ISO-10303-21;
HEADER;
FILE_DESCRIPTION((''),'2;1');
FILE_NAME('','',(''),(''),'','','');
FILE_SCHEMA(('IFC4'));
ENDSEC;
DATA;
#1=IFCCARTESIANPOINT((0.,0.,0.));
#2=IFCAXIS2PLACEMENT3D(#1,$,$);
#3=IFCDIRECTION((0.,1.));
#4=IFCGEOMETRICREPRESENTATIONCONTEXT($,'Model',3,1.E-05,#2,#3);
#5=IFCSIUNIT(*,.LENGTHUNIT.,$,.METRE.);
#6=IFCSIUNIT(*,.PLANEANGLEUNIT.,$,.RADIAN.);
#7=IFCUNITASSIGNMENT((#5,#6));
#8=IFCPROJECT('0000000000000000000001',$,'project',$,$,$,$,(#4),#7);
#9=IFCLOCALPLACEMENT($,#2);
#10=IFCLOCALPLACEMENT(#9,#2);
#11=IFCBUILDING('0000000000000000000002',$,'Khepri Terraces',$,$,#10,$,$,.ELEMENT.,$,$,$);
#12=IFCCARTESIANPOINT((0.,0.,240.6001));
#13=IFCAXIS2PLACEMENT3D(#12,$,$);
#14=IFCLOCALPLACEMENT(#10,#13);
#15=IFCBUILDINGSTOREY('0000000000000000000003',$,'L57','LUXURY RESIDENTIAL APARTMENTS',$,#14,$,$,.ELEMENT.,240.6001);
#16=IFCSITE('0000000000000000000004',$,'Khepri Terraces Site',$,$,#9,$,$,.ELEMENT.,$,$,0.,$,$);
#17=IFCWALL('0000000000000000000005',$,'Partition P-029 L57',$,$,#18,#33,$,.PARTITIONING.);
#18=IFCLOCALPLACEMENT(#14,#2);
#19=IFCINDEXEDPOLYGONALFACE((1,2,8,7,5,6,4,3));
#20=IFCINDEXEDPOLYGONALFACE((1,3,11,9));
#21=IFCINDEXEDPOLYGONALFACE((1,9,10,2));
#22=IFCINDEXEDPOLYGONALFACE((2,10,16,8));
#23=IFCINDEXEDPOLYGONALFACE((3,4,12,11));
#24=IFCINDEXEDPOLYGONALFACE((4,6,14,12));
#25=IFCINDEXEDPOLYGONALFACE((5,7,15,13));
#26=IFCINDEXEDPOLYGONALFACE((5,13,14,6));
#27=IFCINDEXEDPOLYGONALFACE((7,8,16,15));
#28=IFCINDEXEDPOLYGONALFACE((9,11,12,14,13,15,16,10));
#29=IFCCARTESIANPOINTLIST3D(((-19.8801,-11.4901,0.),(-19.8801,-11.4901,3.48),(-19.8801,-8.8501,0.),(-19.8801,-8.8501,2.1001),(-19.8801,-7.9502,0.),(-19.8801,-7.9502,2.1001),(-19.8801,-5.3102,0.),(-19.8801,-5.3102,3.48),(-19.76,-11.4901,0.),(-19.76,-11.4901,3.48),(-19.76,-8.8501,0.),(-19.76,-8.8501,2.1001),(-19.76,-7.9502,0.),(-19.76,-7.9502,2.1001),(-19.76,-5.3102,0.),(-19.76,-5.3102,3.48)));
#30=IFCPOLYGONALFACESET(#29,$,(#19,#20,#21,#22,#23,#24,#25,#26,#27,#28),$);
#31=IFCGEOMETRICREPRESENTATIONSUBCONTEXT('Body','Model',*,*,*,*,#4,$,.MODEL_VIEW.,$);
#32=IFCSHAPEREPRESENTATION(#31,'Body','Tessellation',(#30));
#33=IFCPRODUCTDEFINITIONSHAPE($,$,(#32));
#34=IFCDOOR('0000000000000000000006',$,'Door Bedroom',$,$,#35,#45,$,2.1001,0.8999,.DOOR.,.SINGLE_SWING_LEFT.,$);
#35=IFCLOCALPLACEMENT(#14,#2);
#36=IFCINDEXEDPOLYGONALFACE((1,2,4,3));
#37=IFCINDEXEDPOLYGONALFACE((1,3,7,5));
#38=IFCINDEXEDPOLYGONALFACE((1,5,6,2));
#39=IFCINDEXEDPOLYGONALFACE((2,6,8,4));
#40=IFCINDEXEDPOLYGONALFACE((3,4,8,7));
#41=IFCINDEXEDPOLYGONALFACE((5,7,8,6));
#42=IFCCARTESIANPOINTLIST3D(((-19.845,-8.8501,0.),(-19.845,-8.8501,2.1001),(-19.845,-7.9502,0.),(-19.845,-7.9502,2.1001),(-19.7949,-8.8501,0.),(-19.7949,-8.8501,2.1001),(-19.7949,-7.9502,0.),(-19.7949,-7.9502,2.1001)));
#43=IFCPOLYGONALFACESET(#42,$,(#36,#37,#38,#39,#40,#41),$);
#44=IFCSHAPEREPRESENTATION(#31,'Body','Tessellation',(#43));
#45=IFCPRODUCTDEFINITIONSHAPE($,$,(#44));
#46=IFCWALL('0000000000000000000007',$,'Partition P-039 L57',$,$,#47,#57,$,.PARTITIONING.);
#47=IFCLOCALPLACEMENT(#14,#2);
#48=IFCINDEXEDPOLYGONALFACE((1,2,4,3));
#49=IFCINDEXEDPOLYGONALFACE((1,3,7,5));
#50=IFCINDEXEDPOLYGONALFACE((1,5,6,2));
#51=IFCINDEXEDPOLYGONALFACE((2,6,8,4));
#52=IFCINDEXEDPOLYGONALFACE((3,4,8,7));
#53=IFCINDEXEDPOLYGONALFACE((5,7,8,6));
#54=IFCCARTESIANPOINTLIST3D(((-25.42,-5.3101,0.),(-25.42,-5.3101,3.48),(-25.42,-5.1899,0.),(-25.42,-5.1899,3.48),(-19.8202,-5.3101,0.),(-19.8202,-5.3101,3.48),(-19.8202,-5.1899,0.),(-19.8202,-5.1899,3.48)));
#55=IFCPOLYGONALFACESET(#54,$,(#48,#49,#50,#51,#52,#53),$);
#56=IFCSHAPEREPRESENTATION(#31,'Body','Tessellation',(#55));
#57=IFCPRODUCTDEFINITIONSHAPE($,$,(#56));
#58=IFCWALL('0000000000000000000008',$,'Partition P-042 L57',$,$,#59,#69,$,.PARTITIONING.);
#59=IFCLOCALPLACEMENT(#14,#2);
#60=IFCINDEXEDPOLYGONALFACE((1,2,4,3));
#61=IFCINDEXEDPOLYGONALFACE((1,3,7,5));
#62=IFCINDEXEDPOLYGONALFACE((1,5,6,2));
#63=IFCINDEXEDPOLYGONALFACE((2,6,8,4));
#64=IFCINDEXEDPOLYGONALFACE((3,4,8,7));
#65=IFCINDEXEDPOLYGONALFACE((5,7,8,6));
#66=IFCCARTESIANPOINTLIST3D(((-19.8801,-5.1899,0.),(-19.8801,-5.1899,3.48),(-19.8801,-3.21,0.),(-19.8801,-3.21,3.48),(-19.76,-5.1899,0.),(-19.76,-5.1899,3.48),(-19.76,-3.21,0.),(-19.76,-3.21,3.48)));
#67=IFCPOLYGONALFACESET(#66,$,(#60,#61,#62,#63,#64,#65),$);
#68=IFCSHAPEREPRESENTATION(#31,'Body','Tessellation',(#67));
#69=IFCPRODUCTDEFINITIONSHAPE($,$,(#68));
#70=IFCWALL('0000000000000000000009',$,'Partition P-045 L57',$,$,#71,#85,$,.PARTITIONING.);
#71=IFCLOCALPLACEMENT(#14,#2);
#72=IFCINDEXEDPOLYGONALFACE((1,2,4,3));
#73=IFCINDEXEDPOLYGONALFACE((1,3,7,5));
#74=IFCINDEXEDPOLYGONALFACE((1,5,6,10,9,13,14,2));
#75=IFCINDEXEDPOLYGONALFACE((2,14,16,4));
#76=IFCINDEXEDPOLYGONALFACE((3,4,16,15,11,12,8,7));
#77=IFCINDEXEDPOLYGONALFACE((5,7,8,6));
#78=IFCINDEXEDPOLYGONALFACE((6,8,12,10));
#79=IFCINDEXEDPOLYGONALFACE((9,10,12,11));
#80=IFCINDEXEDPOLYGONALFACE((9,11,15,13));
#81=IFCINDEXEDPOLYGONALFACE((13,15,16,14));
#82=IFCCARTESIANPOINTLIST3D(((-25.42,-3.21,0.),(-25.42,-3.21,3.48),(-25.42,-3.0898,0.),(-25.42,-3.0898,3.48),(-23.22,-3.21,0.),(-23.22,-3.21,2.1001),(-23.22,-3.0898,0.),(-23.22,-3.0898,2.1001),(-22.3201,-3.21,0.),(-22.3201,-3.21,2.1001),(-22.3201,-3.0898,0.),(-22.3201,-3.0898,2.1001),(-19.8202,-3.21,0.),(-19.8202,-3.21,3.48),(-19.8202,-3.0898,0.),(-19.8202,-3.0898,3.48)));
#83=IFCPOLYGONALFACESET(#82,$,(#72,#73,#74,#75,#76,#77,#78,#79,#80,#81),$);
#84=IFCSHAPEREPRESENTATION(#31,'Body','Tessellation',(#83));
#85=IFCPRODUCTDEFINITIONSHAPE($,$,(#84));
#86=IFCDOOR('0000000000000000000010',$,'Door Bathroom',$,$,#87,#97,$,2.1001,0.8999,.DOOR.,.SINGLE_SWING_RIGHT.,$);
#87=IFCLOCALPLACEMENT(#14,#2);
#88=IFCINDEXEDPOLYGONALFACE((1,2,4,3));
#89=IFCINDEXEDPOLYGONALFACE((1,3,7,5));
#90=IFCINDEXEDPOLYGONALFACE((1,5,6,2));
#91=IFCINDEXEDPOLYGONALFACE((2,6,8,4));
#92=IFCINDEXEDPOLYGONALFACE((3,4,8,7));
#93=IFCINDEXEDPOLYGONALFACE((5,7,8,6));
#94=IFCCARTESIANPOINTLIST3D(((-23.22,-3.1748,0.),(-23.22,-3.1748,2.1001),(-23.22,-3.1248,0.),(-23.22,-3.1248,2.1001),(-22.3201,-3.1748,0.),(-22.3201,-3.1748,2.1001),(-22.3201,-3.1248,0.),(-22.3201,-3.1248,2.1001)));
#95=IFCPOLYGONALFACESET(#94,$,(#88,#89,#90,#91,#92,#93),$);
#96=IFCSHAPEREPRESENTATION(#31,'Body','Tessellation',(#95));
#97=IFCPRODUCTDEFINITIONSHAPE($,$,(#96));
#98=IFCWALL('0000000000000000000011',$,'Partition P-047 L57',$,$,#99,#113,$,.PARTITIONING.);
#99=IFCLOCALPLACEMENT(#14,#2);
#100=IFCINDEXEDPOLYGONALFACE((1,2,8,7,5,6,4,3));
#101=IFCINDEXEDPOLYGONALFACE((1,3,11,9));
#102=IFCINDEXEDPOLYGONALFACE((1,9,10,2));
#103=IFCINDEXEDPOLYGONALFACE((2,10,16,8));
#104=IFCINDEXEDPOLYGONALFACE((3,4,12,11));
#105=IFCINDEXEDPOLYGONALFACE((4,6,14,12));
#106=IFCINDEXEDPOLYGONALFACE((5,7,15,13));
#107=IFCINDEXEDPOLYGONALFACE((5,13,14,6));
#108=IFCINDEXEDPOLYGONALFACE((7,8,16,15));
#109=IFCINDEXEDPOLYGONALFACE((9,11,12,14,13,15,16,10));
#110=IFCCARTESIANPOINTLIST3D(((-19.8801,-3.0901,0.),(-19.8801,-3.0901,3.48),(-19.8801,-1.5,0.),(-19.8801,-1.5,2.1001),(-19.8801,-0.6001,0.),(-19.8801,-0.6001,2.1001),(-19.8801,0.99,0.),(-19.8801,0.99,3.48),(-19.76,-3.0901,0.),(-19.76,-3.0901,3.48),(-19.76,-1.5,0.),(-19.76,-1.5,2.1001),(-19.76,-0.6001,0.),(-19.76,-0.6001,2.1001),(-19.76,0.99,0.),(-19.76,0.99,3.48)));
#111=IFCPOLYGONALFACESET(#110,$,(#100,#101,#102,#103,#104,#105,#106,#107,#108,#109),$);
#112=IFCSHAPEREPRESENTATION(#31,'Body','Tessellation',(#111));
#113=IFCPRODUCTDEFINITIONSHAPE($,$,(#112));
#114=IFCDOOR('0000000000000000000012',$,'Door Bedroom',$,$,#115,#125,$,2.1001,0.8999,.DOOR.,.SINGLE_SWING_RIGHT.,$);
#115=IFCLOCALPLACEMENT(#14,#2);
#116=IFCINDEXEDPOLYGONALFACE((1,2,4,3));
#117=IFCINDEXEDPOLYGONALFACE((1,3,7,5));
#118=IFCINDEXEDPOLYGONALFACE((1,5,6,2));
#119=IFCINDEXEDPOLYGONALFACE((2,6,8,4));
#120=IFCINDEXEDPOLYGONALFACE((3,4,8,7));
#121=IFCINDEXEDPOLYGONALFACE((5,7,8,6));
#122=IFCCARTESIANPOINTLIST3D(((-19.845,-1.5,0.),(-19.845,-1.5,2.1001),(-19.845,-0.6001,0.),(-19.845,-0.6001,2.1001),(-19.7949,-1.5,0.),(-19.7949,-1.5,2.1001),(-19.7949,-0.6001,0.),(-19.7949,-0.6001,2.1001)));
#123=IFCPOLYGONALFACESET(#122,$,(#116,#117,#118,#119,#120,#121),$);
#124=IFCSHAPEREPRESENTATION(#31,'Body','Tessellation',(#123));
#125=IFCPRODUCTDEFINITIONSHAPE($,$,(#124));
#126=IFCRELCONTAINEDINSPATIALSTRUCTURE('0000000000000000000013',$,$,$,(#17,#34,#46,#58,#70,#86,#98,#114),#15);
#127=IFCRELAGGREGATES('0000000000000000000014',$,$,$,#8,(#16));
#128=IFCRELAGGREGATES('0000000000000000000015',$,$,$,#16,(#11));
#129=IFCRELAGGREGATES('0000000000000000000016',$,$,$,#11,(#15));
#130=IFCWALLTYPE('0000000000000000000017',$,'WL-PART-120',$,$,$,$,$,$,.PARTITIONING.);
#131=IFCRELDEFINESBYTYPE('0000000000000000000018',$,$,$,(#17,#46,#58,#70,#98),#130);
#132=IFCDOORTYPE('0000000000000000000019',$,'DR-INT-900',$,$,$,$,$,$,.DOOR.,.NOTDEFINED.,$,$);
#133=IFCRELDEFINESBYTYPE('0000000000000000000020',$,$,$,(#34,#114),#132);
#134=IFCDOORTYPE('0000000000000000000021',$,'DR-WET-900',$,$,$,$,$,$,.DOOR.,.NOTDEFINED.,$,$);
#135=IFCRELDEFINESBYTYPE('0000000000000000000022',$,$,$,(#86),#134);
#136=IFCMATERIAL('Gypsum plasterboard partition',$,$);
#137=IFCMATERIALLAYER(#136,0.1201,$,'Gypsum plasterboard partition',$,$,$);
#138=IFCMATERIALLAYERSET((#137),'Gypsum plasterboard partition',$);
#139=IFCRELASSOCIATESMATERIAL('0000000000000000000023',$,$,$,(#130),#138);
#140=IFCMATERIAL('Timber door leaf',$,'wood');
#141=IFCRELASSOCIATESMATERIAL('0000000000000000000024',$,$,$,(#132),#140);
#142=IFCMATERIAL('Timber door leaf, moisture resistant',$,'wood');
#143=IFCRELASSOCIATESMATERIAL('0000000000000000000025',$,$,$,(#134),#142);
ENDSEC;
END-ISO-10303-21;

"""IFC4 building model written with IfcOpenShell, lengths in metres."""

from ifc_helpers import new_model, si_unit, direction, frame, frame_2d, origin, place, context, subcontext, project, spatial, rectangle, extrude, material, layer, layer_set, type_object, element, fill, save


model = new_model("IFC4")

# Units and contexts
model_context = context("Model", 3, precision=1e-05, world=origin(), true_north=direction((0.0, 1.0)))
body_context = subcontext(model_context, "Body", "Model", "MODEL_VIEW")
ifc_project = project(units=[si_unit("LENGTHUNIT", "METRE"), si_unit("PLANEANGLEUNIT", "RADIAN")], contexts=[model_context])

# Site, building, storey
site_placement = place(None, origin())
site = spatial("IfcSite", under=ifc_project, at=site_placement, Name="Khepri Terraces Site", CompositionType="ELEMENT", RefElevation=0.0)
building_placement = place(site_placement, origin())
building = spatial("IfcBuilding", under=site, at=building_placement, Name="Khepri Terraces", CompositionType="ELEMENT")
storey_placement = place(building_placement, frame((0.0, 0.0, 240.6001)))
storey = spatial("IfcBuildingStorey", under=building, at=storey_placement, Name="L57", Description="LUXURY RESIDENTIAL APARTMENTS", CompositionType="ELEMENT", Elevation=240.6001)

# Wall, opening, door
ifc_material_1 = material(Name="Gypsum plasterboard partition")
ifc_layer_1 = layer(ifc_material_1, 0.1201, Name="Gypsum plasterboard partition")
ifc_layer_set_1 = layer_set([ifc_layer_1], Name="Gypsum plasterboard partition")
wall_type_1 = type_object("IfcWallType", Name="WL-PART-120", PredefinedType="PARTITIONING", material=ifc_layer_set_1)
wall_1_placement = place(storey_placement, frame((-19.8201, -11.49, 0.0), z_axis=(0.0, 0.0, 1.0), x_axis=(0.0, 1.0, 0.0)))
wall_1 = element("IfcWall", 1, at=wall_1_placement, inside=storey, type_object=wall_type_1, Name="Partition P-029 L57", PredefinedType="PARTITIONING", context=body_context, shape_type="SweptSolid", body=[
    extrude(rectangle(XDim=6.1799, YDim=0.1201, at=frame_2d((3.0898, 0.0))), origin(), (0.0, 0.0, 1.0), 3.48),
])
opening_1_placement = place(wall_1_placement, frame((2.6399, 0.0, 0.0)))
opening_1 = element("IfcOpeningElement", 2, at=opening_1_placement, cuts=wall_1, PredefinedType="OPENING", context=body_context, shape_type="SweptSolid", body=[
    extrude(rectangle(XDim=0.8999, YDim=2.1001, at=frame_2d((0.45, 1.05))), frame((0.0, 0.0701, 0.0), z_axis=(0.0, -1.0, 0.0), x_axis=(1.0, 0.0, 0.0)), (0.0, 0.0, 1.0), 0.1401),
])
ifc_material_2 = material(Name="Timber door leaf", Category="wood")
door_type_1 = type_object("IfcDoorType", Name="DR-INT-900", OperationType="NOTDEFINED", PredefinedType="DOOR", material=ifc_material_2)
door_1_placement = place(opening_1_placement, origin())
door_1 = element("IfcDoor", 3, at=door_1_placement, inside=storey, type_object=door_type_1, Name="Door Bedroom", OperationType="SINGLE_SWING_LEFT", OverallHeight=2.1001, OverallWidth=0.8999, PredefinedType="DOOR", context=body_context, shape_type="SweptSolid", body=[
    extrude(rectangle(XDim=0.8999, YDim=2.1001, at=frame_2d((0.45, 1.05))), frame((0.0, 0.0249, 0.0), z_axis=(0.0, -1.0, 0.0), x_axis=(1.0, 0.0, 0.0)), (0.0, 0.0, 1.0), 0.05),
])
fill(opening_1, door_1)

# Walls
wall_2_placement = place(storey_placement, frame((-25.4199, -5.25, 0.0), z_axis=(0.0, 0.0, 1.0), x_axis=(1.0, 0.0, 0.0)))
element("IfcWall", 4, at=wall_2_placement, inside=storey, type_object=wall_type_1, Name="Partition P-039 L57", PredefinedType="PARTITIONING", context=body_context, shape_type="SweptSolid", body=[
    extrude(rectangle(XDim=5.5999, YDim=0.1201, at=frame_2d((2.7998, 0.0))), origin(), (0.0, 0.0, 1.0), 3.48),
])
wall_3_placement = place(storey_placement, frame((-19.8201, -5.1899, 0.0), z_axis=(0.0, 0.0, 1.0), x_axis=(0.0, 1.0, 0.0)))
element("IfcWall", 5, at=wall_3_placement, inside=storey, type_object=wall_type_1, Name="Partition P-042 L57", PredefinedType="PARTITIONING", context=body_context, shape_type="SweptSolid", body=[
    extrude(rectangle(XDim=1.98, YDim=0.1201, at=frame_2d((0.99, 0.0))), origin(), (0.0, 0.0, 1.0), 3.48),
])

# Walls, openings, doors
wall_4_placement = place(storey_placement, frame((-25.4199, -3.1499, 0.0), z_axis=(0.0, 0.0, 1.0), x_axis=(1.0, 0.0, 0.0)))
wall_4 = element("IfcWall", 6, at=wall_4_placement, inside=storey, type_object=wall_type_1, Name="Partition P-045 L57", PredefinedType="PARTITIONING", context=body_context, shape_type="SweptSolid", body=[
    extrude(rectangle(XDim=5.5999, YDim=0.1201, at=frame_2d((2.7998, 0.0))), origin(), (0.0, 0.0, 1.0), 3.48),
])
opening_2_placement = place(wall_4_placement, frame((2.2, 0.0, 0.0)))
opening_2 = element("IfcOpeningElement", 7, at=opening_2_placement, cuts=wall_4, PredefinedType="OPENING", context=body_context, shape_type="SweptSolid", body=[
    extrude(rectangle(XDim=0.8999, YDim=2.1001, at=frame_2d((0.45, 1.05))), frame((0.0, 0.0701, 0.0), z_axis=(0.0, -1.0, 0.0), x_axis=(1.0, 0.0, 0.0)), (0.0, 0.0, 1.0), 0.1401),
])
ifc_material_3 = material(Name="Timber door leaf, moisture resistant", Category="wood")
door_type_2 = type_object("IfcDoorType", Name="DR-WET-900", OperationType="NOTDEFINED", PredefinedType="DOOR", material=ifc_material_3)
door_2_placement = place(opening_2_placement, frame((0.8999, 0.0, 0.0), z_axis=(0.0, 0.0, 1.0), x_axis=(-1.0, 0.0, 0.0)))
door_2 = element("IfcDoor", 8, at=door_2_placement, inside=storey, type_object=door_type_2, Name="Door Bathroom", OperationType="SINGLE_SWING_RIGHT", OverallHeight=2.1001, OverallWidth=0.8999, PredefinedType="DOOR", context=body_context, shape_type="SweptSolid", body=[
    extrude(rectangle(XDim=0.8999, YDim=2.1001, at=frame_2d((0.45, 1.05))), frame((0.0, 0.0249, 0.0), z_axis=(0.0, -1.0, 0.0), x_axis=(1.0, 0.0, 0.0)), (0.0, 0.0, 1.0), 0.05),
])
fill(opening_2, door_2)
wall_5_placement = place(storey_placement, frame((-19.8201, -3.0901, 0.0), z_axis=(0.0, 0.0, 1.0), x_axis=(0.0, 1.0, 0.0)))
wall_5 = element("IfcWall", 9, at=wall_5_placement, inside=storey, type_object=wall_type_1, Name="Partition P-047 L57", PredefinedType="PARTITIONING", context=body_context, shape_type="SweptSolid", body=[
    extrude(rectangle(XDim=4.0801, YDim=0.1201, at=frame_2d((2.04, 0.0))), origin(), (0.0, 0.0, 1.0), 3.48),
])
opening_3_placement = place(wall_5_placement, frame((1.5901, 0.0, 0.0)))
opening_3 = element("IfcOpeningElement", 10, at=opening_3_placement, cuts=wall_5, PredefinedType="OPENING", context=body_context, shape_type="SweptSolid", body=[
    extrude(rectangle(XDim=0.8999, YDim=2.1001, at=frame_2d((0.45, 1.05))), frame((0.0, 0.0701, 0.0), z_axis=(0.0, -1.0, 0.0), x_axis=(1.0, 0.0, 0.0)), (0.0, 0.0, 1.0), 0.1401),
])
door_3_placement = place(opening_3_placement, origin())
door_3 = element("IfcDoor", 11, at=door_3_placement, inside=storey, type_object=door_type_1, Name="Door Bedroom", OperationType="SINGLE_SWING_RIGHT", OverallHeight=2.1001, OverallWidth=0.8999, PredefinedType="DOOR", context=body_context, shape_type="SweptSolid", body=[
    extrude(rectangle(XDim=0.8999, YDim=2.1001, at=frame_2d((0.45, 1.05))), frame((0.0, 0.0249, 0.0), z_axis=(0.0, -1.0, 0.0), x_axis=(1.0, 0.0, 0.0)), (0.0, 0.0, 1.0), 0.05),
])
fill(opening_3, door_3)

save(model, "model.ifc")
